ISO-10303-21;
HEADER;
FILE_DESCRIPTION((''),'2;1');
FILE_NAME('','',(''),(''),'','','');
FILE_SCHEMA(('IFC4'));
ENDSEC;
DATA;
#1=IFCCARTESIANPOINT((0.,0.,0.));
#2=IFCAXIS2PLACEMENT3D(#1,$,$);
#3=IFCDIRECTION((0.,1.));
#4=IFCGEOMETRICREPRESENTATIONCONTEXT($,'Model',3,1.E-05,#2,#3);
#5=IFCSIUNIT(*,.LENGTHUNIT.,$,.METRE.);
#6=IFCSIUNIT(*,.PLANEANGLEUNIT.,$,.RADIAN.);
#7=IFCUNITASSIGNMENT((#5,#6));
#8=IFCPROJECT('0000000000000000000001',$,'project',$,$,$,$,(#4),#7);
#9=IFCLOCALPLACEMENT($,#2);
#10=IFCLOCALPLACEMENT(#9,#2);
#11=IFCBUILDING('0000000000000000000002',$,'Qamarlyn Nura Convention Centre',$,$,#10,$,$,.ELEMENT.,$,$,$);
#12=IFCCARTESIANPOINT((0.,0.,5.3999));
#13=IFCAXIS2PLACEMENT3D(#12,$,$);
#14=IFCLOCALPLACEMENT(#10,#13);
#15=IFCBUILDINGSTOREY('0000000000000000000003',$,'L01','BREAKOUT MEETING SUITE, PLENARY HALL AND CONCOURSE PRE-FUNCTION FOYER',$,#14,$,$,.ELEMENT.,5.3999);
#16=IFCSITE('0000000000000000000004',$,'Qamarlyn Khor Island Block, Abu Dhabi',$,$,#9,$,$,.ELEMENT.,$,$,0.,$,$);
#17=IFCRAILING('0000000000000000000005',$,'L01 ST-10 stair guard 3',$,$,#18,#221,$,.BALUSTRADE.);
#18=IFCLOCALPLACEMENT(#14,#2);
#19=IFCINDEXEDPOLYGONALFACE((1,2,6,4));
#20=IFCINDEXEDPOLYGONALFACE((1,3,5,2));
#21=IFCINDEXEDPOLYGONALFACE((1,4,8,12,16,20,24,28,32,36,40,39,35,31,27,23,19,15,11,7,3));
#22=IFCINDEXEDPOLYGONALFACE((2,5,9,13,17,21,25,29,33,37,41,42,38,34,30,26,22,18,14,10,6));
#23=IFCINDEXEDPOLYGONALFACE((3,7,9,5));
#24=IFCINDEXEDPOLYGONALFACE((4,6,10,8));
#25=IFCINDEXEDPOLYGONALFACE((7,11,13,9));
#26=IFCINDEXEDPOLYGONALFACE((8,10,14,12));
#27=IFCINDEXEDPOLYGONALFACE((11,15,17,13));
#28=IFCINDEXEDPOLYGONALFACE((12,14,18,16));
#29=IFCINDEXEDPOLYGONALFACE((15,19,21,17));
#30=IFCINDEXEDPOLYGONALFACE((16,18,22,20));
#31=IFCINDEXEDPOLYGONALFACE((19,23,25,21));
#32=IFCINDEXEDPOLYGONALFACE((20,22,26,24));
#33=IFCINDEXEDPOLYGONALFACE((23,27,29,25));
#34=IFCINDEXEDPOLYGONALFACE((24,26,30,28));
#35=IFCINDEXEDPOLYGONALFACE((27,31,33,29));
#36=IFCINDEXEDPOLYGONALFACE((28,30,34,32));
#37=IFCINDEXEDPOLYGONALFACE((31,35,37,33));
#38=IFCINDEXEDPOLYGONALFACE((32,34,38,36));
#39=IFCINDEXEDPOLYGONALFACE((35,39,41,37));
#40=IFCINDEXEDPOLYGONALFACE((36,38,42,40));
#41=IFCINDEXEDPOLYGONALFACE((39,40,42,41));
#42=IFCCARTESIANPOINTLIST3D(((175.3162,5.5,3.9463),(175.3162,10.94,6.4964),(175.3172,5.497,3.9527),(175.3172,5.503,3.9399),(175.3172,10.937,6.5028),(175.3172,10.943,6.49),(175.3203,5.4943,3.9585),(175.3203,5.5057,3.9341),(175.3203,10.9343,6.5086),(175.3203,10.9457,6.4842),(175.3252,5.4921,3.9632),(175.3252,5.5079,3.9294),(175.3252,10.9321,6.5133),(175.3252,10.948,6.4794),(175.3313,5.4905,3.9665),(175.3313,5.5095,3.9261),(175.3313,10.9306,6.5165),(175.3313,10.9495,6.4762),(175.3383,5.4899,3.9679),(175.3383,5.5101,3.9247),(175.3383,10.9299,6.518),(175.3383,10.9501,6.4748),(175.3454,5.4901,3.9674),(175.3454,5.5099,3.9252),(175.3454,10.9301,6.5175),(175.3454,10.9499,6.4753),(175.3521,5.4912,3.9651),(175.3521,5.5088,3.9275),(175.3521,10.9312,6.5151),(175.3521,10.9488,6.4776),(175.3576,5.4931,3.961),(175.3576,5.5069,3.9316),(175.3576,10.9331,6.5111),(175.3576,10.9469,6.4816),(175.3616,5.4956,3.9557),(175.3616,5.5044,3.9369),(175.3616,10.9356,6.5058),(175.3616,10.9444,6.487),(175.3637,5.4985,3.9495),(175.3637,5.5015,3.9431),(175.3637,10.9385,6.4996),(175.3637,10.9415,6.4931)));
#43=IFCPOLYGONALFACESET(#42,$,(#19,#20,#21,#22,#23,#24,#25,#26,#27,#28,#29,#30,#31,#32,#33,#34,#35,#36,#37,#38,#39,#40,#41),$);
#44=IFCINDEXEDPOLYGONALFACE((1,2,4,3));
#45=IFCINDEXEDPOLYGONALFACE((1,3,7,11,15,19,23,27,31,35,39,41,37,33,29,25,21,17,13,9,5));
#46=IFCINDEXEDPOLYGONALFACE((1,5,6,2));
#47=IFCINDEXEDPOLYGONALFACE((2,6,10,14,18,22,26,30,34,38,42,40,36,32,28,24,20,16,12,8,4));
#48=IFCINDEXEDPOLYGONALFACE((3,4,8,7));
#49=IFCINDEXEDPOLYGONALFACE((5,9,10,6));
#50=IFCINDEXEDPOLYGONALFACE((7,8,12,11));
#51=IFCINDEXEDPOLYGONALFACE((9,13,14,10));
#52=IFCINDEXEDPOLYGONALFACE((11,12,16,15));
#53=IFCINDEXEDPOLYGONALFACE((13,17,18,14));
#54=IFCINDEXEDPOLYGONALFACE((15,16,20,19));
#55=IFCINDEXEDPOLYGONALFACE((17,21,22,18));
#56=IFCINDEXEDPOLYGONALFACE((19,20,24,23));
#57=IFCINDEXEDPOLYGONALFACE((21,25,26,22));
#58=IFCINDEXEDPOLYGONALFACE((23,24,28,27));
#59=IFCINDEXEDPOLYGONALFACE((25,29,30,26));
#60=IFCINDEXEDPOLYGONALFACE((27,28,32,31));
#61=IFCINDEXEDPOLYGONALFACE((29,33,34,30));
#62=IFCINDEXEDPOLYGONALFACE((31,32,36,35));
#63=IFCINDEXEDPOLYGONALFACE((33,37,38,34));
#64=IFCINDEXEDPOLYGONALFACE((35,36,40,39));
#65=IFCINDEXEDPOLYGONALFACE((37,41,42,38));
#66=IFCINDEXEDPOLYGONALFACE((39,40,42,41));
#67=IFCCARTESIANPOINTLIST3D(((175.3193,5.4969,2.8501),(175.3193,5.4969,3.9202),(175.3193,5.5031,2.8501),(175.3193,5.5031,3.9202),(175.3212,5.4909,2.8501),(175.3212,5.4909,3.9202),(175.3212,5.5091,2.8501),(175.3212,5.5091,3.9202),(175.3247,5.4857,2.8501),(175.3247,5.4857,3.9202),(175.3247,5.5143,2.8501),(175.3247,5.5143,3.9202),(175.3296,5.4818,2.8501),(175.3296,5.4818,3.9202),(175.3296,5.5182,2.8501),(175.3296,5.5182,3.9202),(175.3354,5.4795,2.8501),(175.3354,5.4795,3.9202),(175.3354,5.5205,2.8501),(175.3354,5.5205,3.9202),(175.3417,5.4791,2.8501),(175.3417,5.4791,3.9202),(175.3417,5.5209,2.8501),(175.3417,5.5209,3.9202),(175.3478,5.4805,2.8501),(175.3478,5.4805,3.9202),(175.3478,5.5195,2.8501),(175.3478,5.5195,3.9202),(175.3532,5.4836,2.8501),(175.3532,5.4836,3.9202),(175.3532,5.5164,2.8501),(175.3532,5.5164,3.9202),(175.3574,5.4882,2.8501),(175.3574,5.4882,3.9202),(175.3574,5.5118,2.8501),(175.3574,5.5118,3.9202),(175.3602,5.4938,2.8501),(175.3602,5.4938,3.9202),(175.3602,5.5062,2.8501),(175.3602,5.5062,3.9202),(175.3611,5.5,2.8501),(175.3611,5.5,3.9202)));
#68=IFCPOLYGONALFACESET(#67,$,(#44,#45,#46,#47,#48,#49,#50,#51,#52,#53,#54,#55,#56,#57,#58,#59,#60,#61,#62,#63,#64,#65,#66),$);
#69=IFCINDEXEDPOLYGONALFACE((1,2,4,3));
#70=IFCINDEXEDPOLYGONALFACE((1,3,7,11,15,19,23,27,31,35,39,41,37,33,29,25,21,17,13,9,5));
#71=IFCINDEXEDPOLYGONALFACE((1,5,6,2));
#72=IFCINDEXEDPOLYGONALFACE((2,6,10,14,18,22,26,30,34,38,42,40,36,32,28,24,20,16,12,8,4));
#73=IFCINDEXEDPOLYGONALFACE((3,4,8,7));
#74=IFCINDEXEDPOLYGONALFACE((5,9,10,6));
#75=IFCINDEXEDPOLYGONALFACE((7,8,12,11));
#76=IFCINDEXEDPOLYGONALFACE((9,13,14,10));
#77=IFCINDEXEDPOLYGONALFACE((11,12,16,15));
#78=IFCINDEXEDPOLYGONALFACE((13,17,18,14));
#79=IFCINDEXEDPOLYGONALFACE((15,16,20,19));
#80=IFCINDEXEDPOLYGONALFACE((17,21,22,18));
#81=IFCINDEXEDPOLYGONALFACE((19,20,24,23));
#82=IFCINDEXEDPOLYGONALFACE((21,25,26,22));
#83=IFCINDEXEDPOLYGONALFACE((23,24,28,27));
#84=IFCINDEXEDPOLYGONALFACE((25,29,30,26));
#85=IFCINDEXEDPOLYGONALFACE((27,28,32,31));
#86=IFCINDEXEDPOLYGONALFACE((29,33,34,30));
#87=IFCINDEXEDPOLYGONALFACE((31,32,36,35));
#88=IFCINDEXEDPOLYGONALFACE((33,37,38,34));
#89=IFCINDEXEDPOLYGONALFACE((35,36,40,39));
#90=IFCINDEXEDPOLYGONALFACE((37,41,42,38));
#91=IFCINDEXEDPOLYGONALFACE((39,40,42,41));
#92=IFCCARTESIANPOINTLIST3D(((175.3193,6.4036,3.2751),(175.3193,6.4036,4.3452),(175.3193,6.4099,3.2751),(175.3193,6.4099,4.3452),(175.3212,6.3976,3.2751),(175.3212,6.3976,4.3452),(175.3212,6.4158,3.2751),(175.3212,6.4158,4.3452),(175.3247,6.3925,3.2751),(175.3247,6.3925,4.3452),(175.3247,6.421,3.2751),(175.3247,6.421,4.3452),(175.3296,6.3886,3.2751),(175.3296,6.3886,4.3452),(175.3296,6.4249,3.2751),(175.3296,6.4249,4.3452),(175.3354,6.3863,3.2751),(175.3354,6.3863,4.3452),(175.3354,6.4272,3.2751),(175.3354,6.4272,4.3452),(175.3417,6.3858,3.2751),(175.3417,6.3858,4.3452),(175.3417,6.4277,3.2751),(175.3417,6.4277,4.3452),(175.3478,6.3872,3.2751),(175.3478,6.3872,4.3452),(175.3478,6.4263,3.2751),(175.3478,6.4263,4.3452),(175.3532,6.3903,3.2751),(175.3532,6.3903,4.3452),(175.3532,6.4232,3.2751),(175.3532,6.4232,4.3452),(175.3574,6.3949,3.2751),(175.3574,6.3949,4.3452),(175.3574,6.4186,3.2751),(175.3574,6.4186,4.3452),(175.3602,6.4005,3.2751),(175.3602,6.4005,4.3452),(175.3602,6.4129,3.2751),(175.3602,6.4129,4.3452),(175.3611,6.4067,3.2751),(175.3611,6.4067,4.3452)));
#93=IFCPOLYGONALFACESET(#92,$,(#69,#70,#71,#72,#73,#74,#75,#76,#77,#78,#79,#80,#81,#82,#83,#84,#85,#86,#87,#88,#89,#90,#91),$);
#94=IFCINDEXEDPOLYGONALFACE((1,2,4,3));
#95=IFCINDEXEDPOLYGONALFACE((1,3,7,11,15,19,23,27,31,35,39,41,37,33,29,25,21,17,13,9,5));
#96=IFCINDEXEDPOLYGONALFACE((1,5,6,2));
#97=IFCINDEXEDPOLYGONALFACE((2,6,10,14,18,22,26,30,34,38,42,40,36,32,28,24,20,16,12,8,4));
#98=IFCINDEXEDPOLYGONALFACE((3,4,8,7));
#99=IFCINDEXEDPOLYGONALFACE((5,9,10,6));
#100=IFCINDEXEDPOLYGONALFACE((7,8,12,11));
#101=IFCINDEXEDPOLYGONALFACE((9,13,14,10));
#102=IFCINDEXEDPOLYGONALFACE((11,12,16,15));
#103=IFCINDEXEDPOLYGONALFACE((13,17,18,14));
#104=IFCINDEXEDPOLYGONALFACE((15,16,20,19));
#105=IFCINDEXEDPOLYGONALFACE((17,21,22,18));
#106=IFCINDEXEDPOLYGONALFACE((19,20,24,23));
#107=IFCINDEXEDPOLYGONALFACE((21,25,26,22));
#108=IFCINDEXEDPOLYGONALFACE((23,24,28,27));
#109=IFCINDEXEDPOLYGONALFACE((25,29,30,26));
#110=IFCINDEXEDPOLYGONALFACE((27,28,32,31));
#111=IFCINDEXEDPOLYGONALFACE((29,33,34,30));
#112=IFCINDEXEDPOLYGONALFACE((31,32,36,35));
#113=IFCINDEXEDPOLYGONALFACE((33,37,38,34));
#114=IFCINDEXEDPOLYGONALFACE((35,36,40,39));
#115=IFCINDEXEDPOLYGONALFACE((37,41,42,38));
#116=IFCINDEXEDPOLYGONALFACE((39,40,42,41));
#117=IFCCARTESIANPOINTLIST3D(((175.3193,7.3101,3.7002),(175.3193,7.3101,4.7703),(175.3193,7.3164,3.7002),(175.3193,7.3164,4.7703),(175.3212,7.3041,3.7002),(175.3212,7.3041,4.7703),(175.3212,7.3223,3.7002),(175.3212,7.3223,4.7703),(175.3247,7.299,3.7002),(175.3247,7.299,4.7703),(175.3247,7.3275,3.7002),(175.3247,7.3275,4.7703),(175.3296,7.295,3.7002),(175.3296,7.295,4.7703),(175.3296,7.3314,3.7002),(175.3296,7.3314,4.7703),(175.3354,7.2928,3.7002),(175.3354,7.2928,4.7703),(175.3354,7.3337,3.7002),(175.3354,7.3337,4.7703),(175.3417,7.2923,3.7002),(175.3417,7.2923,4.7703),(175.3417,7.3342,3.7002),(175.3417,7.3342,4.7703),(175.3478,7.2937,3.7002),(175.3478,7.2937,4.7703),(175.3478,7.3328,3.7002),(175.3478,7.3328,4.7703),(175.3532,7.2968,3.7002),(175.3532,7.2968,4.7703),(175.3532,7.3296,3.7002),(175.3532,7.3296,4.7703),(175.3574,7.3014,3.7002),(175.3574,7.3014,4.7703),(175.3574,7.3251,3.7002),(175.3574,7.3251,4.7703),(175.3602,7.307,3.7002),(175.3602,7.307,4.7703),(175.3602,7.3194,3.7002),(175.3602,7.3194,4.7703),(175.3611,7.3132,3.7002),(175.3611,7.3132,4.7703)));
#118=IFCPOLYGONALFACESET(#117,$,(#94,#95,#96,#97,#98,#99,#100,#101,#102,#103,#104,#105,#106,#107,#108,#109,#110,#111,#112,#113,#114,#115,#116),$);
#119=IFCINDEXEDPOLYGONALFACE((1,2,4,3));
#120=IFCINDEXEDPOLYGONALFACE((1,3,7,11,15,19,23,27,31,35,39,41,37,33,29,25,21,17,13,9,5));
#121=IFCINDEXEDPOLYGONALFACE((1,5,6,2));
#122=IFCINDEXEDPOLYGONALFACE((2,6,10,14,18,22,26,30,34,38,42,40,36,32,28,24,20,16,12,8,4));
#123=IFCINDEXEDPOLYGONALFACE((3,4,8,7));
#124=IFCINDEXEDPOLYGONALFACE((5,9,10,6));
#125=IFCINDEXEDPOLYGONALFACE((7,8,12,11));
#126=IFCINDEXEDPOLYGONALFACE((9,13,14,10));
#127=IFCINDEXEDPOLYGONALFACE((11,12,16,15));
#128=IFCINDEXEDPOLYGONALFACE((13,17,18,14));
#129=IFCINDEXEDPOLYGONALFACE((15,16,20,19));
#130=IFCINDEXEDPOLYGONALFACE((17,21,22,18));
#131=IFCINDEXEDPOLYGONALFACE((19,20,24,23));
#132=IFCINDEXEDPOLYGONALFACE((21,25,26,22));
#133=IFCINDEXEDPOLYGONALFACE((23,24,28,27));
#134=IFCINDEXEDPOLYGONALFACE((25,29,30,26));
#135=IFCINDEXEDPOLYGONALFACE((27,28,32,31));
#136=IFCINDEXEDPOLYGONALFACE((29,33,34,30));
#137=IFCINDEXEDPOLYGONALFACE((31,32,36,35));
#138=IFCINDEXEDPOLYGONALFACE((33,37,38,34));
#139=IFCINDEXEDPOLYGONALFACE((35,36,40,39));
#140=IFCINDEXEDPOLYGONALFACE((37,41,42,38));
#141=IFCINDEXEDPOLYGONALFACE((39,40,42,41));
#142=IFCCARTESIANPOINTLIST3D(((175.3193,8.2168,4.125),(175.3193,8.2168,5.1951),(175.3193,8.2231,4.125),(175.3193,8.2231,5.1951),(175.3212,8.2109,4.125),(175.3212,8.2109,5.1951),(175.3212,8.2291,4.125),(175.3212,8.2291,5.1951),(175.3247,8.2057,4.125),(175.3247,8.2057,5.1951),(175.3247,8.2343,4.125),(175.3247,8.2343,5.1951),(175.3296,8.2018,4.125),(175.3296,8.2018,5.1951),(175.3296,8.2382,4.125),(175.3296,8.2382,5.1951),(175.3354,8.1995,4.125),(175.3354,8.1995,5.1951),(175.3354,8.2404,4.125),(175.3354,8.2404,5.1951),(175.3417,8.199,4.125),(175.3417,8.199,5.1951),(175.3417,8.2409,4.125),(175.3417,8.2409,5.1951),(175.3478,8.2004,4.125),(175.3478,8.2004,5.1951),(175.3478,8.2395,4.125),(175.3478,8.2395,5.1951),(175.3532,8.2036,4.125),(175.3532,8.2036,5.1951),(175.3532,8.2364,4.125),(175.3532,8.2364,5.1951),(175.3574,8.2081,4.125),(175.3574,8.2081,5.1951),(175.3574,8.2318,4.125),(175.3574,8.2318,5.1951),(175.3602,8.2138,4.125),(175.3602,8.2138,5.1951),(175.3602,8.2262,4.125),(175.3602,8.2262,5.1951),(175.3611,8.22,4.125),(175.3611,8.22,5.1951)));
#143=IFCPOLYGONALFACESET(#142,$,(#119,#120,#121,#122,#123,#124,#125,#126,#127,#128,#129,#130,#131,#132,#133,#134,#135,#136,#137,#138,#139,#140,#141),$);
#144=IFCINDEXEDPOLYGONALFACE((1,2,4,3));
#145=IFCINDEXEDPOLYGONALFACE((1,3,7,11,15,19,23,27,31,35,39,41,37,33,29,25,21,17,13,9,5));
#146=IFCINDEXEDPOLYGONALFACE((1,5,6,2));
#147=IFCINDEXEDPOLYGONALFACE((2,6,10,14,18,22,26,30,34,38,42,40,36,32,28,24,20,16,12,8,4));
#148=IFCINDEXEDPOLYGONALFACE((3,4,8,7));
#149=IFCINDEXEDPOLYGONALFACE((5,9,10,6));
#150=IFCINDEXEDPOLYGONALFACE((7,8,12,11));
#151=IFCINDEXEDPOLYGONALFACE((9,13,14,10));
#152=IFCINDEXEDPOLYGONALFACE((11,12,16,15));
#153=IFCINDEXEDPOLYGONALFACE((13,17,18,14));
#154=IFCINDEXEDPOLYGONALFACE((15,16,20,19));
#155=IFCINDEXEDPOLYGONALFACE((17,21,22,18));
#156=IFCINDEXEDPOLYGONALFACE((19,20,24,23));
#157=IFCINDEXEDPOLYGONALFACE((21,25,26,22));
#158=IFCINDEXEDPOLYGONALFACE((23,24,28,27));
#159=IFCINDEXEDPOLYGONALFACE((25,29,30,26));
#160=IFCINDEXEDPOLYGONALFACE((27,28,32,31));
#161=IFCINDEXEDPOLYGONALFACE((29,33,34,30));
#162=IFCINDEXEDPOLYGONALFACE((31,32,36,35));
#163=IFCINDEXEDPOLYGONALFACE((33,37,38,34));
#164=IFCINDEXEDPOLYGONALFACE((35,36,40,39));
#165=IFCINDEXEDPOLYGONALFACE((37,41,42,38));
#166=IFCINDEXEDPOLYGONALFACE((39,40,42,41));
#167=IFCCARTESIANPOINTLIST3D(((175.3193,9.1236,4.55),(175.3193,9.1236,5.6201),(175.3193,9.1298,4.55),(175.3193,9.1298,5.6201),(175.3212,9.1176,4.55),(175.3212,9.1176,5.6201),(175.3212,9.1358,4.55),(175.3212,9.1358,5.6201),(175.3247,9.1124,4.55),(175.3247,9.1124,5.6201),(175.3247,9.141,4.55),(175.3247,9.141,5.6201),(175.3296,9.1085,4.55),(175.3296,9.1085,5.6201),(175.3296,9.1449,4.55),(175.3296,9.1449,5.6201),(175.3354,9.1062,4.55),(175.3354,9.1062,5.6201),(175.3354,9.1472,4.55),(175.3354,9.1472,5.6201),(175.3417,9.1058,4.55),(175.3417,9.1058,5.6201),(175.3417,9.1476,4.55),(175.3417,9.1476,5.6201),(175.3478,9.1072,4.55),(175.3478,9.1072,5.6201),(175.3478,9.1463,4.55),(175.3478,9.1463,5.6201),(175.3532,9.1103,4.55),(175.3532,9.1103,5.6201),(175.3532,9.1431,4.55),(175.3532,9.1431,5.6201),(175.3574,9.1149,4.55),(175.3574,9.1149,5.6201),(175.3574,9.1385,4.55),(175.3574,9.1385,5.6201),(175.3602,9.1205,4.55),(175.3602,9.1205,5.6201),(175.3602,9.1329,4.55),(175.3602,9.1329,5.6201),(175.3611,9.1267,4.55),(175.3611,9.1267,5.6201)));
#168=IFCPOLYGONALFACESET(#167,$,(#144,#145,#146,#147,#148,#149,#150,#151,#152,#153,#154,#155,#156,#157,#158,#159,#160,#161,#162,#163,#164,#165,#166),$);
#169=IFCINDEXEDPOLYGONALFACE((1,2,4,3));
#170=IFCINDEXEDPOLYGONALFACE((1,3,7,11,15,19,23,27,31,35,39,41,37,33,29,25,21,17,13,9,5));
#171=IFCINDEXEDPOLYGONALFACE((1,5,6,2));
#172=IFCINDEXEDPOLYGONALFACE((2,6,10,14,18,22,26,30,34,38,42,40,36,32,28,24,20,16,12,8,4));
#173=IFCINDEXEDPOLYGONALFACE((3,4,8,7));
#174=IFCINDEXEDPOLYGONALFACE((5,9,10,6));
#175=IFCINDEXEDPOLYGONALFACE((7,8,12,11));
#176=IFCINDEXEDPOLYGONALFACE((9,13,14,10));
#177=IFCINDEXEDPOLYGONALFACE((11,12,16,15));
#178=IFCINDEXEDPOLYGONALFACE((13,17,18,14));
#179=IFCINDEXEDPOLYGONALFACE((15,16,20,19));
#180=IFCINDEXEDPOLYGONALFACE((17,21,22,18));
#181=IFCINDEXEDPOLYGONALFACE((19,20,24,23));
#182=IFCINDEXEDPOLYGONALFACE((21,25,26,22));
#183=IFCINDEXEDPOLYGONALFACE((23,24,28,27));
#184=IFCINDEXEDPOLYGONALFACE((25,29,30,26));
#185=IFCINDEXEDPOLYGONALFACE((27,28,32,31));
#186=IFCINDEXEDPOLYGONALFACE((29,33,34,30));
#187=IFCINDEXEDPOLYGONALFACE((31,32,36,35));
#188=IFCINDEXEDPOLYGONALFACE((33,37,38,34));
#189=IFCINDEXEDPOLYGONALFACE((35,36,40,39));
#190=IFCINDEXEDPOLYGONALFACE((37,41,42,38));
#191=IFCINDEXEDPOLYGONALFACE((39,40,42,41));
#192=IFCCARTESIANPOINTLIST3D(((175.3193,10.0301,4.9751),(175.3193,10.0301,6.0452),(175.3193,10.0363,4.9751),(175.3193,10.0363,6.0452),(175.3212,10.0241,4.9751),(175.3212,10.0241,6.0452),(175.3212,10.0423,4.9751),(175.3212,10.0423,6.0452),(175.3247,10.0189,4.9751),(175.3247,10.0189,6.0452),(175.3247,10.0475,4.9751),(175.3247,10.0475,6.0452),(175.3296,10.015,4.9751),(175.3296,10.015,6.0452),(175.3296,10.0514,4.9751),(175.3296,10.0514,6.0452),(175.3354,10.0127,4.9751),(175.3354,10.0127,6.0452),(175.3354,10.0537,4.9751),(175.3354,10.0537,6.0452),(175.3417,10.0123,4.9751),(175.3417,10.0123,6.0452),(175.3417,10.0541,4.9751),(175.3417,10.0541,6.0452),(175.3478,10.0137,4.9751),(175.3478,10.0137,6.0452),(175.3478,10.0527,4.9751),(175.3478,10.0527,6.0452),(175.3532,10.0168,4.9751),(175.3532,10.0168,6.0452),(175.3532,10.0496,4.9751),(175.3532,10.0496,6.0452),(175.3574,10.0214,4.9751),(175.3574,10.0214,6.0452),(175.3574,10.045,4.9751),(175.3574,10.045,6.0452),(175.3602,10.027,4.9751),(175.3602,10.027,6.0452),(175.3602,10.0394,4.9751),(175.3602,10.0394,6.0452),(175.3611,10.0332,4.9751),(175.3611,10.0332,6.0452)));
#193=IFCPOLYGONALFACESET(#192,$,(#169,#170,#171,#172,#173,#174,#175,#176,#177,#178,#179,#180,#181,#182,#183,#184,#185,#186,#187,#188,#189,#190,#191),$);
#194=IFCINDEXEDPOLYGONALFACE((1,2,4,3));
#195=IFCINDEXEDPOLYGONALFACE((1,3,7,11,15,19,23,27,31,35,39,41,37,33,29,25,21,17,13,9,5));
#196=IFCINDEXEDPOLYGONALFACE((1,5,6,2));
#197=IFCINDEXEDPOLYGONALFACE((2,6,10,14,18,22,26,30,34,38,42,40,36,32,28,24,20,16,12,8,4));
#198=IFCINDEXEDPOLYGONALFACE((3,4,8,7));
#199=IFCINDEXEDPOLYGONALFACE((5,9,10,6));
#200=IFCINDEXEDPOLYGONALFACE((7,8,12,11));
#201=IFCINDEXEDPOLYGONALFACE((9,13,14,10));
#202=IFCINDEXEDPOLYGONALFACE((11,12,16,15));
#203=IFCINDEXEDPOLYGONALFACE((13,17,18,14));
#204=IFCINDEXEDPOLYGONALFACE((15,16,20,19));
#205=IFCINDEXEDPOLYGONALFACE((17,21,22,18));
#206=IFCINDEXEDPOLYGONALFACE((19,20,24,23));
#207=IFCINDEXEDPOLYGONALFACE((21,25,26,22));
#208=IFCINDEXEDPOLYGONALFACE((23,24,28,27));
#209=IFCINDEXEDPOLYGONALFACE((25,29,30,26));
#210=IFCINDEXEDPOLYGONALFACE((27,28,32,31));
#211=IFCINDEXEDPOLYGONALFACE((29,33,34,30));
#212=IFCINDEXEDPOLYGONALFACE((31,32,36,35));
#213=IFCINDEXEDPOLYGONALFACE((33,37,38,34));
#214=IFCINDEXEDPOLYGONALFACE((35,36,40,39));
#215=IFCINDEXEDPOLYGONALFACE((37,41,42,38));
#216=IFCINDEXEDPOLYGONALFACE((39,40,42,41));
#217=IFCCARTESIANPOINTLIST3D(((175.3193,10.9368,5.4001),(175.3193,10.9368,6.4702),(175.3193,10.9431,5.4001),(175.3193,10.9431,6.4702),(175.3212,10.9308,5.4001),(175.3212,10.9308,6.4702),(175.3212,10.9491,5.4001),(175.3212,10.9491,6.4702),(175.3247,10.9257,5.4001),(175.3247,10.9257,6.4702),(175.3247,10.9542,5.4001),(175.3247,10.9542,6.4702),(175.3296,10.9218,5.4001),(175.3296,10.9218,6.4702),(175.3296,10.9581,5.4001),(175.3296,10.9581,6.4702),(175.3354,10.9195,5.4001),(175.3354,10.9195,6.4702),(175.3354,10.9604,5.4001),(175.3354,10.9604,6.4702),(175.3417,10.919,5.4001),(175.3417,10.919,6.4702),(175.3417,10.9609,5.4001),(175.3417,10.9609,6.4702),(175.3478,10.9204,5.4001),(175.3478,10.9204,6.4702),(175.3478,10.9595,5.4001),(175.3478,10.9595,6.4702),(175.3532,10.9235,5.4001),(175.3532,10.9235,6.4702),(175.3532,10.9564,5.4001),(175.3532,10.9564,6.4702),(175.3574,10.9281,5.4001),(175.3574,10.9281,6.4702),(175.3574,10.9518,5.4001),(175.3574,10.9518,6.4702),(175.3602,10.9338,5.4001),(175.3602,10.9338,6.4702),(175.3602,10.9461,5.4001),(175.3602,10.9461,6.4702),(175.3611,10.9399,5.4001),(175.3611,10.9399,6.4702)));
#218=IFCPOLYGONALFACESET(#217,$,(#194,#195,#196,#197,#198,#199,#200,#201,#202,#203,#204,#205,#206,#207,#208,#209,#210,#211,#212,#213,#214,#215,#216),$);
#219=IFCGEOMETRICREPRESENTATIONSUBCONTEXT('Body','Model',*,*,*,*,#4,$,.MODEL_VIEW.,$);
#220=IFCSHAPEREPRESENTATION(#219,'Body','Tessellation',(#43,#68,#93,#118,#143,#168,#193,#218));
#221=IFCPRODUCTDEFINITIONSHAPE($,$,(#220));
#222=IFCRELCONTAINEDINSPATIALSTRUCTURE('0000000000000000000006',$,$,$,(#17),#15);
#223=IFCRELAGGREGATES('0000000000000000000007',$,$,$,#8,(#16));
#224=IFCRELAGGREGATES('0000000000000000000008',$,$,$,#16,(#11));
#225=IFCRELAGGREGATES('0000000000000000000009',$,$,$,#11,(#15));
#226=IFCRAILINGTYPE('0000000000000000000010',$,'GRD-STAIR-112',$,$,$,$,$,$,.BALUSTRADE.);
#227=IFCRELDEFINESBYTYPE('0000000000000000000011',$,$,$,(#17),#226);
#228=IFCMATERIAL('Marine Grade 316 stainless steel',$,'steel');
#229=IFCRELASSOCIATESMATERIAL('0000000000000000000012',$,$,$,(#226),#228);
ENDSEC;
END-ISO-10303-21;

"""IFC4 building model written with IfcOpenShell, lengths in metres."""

from ifc_helpers import new_model, si_unit, direction, frame, origin, origin_2d, place, context, subcontext, project, spatial, circle, extrude, material, type_object, element, save


model = new_model("IFC4")

# Units and contexts
model_context = context("Model", 3, precision=1e-05, world=origin(), true_north=direction((0.0, 1.0)))
body_context = subcontext(model_context, "Body", "Model", "MODEL_VIEW")
ifc_project = project(units=[si_unit("LENGTHUNIT", "METRE"), si_unit("PLANEANGLEUNIT", "RADIAN")], contexts=[model_context])

# Site, building, storey
site_placement = place(None, origin())
site = spatial("IfcSite", under=ifc_project, at=site_placement, Name="Qamarlyn Khor Island Block, Abu Dhabi", CompositionType="ELEMENT", RefElevation=0.0)
building_placement = place(site_placement, origin())
building = spatial("IfcBuilding", under=site, at=building_placement, Name="Qamarlyn Nura Convention Centre", CompositionType="ELEMENT")
storey_placement = place(building_placement, frame((0.0, 0.0, 5.3999)))
storey = spatial("IfcBuildingStorey", under=building, at=storey_placement, Name="L01", Description="BREAKOUT MEETING SUITE, PLENARY HALL AND CONCOURSE PRE-FUNCTION FOYER", CompositionType="ELEMENT", Elevation=5.3999)

# Railing
ifc_material_1 = material(Name="Marine Grade 316 stainless steel", Category="steel")
railing_type_1 = type_object("IfcRailingType", Name="GRD-STAIR-112", PredefinedType="BALUSTRADE", material=ifc_material_1)
railing_1_placement = place(storey_placement, frame((175.3401, 5.5, 2.8501)))
element("IfcRailing", 1, at=railing_1_placement, inside=storey, type_object=railing_type_1, Name="L01 ST-10 stair guard 3", PredefinedType="BALUSTRADE", context=body_context, shape_type="SweptSolid", body=[
    extrude(circle(Radius=0.0239, at=origin_2d()), frame((0.0, 0.0, 1.0962), z_axis=(0.0, 0.905454, 0.424444), x_axis=(-1.0, 0.0, 0.0)), (0.0, 0.0, 1.0), 6.0081),
    extrude(circle(Radius=0.021, at=origin_2d()), origin(), (0.0, 0.0, 1.0), 1.0701),
    extrude(circle(Radius=0.021, at=origin_2d()), frame((0.0, 0.9067, 0.425)), (0.0, 0.0, 1.0), 1.0701),
    extrude(circle(Radius=0.021, at=origin_2d()), frame((0.0, 1.8132, 0.8501)), (0.0, 0.0, 1.0), 1.0701),
    extrude(circle(Radius=0.021, at=origin_2d()), frame((0.0, 2.72, 1.2749)), (0.0, 0.0, 1.0), 1.0701),
    extrude(circle(Radius=0.021, at=origin_2d()), frame((0.0, 3.6267, 1.7)), (0.0, 0.0, 1.0), 1.0701),
    extrude(circle(Radius=0.021, at=origin_2d()), frame((0.0, 4.5332, 2.125)), (0.0, 0.0, 1.0), 1.0701),
    extrude(circle(Radius=0.021, at=origin_2d()), frame((0.0, 5.4399, 2.55)), (0.0, 0.0, 1.0), 1.0701),
])

save(model, "model.ifc")
